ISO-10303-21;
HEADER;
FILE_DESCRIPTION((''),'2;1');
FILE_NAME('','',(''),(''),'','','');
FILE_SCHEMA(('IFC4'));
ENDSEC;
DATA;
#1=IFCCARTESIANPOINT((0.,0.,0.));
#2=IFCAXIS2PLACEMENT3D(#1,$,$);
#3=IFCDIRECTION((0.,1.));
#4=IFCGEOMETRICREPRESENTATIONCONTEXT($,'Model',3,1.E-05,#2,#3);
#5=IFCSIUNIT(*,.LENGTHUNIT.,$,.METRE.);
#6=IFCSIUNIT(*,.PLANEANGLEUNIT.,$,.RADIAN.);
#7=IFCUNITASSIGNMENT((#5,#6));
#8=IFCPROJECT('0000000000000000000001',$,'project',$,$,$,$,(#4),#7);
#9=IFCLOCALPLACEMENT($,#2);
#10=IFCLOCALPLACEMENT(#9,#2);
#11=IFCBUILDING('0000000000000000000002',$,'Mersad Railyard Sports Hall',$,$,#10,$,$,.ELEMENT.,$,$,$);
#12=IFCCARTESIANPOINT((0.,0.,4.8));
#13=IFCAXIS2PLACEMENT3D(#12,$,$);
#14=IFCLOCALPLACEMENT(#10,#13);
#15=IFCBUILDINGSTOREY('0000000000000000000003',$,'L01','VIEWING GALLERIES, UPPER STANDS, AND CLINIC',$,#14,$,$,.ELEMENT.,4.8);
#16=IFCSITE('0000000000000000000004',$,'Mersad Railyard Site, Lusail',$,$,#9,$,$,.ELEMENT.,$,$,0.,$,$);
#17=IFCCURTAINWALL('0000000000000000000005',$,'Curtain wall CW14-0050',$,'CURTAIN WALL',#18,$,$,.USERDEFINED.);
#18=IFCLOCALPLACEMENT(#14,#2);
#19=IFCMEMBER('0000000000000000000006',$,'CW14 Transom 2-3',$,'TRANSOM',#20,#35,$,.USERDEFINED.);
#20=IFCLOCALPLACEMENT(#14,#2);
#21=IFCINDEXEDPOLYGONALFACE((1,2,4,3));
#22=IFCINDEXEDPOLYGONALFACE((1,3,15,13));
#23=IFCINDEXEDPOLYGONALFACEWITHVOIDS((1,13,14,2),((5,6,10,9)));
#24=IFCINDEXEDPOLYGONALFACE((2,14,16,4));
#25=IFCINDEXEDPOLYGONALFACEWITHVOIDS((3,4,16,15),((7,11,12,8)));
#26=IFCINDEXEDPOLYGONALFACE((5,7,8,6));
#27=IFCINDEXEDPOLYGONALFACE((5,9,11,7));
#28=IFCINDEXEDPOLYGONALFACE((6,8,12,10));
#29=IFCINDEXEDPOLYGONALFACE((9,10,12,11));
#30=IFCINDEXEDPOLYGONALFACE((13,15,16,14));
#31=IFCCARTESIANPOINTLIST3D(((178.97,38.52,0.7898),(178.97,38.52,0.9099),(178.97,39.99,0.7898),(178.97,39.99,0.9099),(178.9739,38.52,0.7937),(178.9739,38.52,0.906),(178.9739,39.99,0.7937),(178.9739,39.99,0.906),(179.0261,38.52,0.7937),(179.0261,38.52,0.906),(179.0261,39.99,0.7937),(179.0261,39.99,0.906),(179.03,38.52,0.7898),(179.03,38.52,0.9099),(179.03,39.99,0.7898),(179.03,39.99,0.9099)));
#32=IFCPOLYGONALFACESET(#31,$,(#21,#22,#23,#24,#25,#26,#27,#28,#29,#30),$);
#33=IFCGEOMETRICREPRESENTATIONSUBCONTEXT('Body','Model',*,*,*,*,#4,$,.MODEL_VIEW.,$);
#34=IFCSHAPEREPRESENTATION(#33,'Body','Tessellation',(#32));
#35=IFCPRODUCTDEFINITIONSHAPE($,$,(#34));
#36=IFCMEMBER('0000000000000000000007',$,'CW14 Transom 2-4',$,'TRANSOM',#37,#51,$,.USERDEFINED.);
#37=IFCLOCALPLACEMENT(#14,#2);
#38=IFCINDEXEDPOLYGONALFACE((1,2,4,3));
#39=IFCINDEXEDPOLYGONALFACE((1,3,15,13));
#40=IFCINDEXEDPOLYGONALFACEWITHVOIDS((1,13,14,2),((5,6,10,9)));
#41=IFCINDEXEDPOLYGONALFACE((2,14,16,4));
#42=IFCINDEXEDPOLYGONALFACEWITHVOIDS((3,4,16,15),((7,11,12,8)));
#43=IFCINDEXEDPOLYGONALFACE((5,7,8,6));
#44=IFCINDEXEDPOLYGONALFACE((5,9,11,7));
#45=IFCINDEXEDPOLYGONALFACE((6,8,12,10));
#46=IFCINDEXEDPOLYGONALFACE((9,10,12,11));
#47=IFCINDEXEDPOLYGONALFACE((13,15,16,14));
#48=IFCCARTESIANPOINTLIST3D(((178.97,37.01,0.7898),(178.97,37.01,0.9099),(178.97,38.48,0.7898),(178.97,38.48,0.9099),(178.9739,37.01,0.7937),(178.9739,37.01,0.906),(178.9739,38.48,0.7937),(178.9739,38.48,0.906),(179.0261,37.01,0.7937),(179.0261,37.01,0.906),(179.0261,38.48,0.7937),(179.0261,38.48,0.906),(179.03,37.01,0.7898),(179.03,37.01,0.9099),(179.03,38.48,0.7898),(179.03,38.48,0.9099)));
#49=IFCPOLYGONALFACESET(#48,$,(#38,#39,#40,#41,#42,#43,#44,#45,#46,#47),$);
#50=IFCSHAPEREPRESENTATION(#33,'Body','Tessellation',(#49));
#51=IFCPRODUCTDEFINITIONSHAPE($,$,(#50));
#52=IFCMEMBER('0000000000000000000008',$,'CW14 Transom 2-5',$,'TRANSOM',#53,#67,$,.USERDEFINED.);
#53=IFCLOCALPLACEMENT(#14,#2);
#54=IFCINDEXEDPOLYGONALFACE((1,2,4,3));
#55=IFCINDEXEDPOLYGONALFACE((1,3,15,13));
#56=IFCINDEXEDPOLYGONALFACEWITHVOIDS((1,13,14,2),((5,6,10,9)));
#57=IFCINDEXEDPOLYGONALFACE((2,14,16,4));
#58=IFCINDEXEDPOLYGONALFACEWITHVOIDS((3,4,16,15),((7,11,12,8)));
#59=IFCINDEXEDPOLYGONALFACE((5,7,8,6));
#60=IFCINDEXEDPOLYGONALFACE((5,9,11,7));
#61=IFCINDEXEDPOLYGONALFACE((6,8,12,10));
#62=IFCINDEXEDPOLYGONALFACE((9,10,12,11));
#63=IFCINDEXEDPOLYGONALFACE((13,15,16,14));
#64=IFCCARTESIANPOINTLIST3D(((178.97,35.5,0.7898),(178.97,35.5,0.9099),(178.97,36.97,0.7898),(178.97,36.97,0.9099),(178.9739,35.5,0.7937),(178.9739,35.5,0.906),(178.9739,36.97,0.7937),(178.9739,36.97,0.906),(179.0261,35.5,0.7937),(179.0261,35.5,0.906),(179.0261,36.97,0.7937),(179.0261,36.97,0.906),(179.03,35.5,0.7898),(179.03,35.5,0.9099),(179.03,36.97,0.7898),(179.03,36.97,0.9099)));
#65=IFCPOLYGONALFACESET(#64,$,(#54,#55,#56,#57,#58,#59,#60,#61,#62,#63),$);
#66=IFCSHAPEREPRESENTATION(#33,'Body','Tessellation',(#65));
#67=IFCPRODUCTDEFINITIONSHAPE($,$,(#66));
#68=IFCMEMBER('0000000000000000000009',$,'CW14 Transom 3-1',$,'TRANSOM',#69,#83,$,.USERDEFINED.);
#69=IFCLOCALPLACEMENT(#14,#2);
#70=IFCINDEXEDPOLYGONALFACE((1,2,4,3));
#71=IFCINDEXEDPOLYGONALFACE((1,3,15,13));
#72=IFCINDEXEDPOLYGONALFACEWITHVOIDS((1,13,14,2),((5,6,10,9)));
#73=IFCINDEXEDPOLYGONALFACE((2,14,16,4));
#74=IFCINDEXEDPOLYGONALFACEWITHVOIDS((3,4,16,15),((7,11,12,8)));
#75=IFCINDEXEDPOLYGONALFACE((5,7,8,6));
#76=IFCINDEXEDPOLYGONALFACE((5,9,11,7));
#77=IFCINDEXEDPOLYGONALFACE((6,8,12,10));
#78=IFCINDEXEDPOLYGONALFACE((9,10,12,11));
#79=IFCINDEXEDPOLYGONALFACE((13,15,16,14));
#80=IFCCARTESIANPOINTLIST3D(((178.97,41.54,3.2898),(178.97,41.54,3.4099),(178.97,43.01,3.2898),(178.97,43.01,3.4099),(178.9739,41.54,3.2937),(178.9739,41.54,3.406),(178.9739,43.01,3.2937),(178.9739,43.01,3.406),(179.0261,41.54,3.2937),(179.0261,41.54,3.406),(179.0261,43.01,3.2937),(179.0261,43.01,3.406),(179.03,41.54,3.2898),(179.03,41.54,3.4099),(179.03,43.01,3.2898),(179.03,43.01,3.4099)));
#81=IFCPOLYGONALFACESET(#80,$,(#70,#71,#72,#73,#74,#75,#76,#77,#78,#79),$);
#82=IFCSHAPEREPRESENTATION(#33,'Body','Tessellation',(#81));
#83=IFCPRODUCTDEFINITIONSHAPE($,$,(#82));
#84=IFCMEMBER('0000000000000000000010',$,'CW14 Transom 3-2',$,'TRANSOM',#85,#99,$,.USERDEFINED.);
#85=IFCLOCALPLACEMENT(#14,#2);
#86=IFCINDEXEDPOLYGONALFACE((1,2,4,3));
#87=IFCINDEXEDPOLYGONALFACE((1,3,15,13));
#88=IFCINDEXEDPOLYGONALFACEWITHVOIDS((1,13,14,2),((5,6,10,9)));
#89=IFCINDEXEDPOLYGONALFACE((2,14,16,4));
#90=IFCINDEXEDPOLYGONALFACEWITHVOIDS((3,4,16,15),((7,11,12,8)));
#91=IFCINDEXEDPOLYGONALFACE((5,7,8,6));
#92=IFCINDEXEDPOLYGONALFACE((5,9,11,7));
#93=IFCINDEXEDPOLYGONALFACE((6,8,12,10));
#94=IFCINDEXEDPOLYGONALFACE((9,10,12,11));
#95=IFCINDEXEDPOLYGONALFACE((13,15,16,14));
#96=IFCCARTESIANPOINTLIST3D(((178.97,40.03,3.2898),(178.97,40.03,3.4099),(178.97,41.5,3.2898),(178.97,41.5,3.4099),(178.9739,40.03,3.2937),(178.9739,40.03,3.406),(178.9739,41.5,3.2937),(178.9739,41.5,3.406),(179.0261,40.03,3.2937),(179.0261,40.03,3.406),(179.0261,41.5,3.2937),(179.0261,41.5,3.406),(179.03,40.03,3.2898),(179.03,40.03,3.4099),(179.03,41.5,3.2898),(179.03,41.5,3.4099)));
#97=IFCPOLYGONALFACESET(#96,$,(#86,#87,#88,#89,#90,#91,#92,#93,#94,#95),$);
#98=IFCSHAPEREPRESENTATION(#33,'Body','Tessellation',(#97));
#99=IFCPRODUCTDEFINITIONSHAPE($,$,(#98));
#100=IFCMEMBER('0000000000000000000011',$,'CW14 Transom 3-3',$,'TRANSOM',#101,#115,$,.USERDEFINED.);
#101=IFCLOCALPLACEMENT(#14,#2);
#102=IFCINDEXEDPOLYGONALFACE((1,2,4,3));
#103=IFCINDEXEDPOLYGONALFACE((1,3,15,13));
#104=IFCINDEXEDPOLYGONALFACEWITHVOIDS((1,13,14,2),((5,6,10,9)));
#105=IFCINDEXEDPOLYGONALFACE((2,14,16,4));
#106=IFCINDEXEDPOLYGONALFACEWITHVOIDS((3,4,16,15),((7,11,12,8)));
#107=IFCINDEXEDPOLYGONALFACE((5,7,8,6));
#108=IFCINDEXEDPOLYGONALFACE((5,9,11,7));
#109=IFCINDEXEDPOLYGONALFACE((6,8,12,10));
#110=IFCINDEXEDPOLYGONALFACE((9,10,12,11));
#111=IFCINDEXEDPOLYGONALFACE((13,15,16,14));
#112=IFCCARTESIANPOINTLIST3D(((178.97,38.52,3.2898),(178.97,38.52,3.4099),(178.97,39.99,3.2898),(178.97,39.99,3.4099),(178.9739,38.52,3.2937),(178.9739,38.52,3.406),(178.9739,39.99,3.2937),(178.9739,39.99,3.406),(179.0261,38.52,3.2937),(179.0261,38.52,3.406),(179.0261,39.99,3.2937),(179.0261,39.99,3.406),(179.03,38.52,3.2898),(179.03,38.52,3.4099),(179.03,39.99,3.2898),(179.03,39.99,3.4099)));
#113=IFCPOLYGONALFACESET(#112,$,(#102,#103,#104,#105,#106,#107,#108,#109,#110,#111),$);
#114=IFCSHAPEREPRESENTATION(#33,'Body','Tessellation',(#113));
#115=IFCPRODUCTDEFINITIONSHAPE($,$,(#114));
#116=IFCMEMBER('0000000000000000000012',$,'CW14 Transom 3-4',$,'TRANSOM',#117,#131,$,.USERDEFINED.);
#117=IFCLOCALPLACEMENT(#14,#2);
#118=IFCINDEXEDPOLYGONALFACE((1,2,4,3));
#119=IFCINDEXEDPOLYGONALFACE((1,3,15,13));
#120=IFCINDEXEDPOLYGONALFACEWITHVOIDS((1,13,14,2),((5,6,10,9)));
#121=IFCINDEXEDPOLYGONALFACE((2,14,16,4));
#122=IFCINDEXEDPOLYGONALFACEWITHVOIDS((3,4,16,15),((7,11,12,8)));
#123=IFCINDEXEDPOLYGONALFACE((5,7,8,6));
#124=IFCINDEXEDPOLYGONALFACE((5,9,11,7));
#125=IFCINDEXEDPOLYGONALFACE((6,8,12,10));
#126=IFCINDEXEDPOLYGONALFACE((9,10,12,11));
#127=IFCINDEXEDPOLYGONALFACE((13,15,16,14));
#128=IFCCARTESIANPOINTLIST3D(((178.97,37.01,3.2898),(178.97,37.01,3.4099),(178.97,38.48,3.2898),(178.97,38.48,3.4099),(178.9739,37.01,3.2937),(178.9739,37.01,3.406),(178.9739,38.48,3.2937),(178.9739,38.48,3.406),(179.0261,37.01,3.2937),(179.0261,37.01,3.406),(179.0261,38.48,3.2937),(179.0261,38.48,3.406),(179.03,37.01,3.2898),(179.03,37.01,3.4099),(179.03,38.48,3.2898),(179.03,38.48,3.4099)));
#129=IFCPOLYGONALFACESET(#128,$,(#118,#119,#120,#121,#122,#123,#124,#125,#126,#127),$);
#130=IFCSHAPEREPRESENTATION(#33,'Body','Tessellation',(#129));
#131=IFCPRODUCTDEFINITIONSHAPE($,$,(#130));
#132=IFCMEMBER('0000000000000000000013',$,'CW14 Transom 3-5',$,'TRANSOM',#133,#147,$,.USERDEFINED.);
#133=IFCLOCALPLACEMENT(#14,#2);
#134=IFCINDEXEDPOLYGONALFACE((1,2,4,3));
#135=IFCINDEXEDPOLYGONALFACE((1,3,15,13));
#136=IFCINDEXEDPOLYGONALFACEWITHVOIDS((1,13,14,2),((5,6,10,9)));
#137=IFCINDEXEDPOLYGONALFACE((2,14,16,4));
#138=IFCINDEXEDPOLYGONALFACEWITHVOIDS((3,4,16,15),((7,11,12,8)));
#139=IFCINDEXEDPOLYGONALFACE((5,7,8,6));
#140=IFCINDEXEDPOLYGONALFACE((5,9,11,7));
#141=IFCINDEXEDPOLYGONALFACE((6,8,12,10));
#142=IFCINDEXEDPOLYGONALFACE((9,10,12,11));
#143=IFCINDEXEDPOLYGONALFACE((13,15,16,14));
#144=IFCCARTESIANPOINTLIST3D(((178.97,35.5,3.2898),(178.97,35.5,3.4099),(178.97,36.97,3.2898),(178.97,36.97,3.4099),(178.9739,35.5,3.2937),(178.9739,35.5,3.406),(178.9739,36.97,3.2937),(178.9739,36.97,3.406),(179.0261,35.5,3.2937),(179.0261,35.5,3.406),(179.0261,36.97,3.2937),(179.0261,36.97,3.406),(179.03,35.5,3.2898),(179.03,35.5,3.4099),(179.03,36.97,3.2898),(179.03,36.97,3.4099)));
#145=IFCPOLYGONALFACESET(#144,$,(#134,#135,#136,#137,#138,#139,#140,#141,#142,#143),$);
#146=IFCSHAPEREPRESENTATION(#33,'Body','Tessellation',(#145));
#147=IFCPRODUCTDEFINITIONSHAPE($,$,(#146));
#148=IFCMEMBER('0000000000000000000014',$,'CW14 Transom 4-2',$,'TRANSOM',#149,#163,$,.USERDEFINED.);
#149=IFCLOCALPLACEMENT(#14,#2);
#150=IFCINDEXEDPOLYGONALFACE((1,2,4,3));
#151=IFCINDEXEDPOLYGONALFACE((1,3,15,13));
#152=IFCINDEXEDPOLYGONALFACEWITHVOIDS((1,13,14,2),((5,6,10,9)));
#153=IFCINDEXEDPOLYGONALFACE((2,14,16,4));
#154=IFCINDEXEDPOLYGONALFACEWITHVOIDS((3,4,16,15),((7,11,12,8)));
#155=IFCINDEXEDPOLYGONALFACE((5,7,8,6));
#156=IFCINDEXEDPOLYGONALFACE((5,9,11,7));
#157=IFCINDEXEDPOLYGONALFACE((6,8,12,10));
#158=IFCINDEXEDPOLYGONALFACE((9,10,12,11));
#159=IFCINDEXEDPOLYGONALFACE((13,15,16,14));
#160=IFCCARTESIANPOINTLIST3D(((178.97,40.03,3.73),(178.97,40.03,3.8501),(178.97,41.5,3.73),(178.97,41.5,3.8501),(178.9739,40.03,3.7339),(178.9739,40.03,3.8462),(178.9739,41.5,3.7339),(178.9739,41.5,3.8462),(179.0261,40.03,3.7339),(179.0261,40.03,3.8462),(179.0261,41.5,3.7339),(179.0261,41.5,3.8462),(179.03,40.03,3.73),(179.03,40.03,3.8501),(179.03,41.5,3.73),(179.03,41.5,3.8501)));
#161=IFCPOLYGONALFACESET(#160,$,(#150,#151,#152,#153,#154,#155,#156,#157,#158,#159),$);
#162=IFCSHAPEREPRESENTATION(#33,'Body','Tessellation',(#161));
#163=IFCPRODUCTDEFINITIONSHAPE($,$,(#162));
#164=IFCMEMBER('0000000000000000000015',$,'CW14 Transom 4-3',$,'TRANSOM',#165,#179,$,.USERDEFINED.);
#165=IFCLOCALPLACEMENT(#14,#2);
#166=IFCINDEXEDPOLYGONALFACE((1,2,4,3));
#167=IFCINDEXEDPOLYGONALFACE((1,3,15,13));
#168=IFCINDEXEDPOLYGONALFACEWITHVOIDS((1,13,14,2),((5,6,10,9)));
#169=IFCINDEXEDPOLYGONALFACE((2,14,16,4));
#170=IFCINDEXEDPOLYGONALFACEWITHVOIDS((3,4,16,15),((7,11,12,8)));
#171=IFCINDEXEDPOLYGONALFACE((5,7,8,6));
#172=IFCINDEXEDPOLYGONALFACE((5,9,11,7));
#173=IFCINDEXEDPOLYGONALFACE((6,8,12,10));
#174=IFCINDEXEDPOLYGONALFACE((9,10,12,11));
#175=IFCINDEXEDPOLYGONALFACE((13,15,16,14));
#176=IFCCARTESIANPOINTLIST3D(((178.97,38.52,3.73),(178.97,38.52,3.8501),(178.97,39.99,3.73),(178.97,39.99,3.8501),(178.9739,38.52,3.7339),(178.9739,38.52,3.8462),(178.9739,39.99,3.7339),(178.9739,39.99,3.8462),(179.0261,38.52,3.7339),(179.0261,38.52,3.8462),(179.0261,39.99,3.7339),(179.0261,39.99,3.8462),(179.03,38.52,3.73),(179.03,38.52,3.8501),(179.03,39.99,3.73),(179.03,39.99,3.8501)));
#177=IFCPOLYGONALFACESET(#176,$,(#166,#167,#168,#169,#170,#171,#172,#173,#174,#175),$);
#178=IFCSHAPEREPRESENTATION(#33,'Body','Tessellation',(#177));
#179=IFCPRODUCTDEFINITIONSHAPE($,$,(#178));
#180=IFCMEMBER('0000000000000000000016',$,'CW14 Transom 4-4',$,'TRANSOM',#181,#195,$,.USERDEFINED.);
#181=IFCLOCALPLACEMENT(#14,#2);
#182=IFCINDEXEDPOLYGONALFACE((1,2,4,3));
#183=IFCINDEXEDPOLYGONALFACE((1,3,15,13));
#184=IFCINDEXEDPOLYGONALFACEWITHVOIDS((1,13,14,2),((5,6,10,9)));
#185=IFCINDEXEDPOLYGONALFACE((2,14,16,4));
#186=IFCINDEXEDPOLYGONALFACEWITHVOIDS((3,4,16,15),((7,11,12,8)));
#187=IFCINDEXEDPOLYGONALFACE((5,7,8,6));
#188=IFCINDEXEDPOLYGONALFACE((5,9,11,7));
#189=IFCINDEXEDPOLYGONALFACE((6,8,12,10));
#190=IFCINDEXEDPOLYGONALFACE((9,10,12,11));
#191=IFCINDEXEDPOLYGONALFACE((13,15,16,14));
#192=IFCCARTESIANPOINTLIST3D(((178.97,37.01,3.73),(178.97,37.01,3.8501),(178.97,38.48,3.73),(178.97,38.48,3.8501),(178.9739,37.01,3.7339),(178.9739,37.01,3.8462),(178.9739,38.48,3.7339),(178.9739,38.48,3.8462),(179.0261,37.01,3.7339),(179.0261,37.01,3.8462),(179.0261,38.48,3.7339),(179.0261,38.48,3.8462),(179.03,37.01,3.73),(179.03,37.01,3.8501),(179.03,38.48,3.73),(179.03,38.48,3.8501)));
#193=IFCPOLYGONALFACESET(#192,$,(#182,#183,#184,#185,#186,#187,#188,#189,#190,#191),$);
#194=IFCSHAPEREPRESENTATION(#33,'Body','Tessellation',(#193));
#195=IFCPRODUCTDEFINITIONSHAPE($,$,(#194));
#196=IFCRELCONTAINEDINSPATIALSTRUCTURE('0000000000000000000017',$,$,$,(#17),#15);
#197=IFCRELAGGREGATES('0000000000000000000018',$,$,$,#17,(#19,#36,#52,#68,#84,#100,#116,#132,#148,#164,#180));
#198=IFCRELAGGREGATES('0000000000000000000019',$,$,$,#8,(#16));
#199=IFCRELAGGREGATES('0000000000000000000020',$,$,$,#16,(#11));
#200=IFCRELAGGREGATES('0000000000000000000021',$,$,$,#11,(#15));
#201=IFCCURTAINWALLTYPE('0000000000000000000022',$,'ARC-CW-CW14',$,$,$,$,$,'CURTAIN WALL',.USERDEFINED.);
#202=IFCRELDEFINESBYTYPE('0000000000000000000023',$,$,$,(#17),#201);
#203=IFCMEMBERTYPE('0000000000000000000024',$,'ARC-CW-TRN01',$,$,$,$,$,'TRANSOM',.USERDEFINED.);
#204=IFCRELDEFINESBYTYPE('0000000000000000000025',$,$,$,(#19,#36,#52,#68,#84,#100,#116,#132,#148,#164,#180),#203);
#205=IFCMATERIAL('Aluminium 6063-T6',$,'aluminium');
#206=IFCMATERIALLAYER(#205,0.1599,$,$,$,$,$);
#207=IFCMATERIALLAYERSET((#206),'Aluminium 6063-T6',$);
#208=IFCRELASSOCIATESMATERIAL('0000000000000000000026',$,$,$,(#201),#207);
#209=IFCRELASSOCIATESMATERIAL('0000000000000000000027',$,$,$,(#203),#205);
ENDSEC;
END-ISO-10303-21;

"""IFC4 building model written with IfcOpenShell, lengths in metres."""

from ifc_helpers import new_model, si_unit, direction, frame, origin, origin_2d, place, context, subcontext, project, spatial, hollow_rectangle, extrude, material, layer, layer_set, material_profile, profile_set, type_object, element, aggregate, save


model = new_model("IFC4")

# Units and contexts
model_context = context("Model", 3, precision=1e-05, world=origin(), true_north=direction((0.0, 1.0)))
body_context = subcontext(model_context, "Body", "Model", "MODEL_VIEW")
ifc_project = project(units=[si_unit("LENGTHUNIT", "METRE"), si_unit("PLANEANGLEUNIT", "RADIAN")], contexts=[model_context])

# Site, building, storey
site_placement = place(None, origin())
site = spatial("IfcSite", under=ifc_project, at=site_placement, Name="Mersad Railyard Site, Lusail", CompositionType="ELEMENT", RefElevation=0.0)
building_placement = place(site_placement, origin())
building = spatial("IfcBuilding", under=site, at=building_placement, Name="Mersad Railyard Sports Hall", CompositionType="ELEMENT")
storey_placement = place(building_placement, frame((0.0, 0.0, 4.8)))
storey = spatial("IfcBuildingStorey", under=building, at=storey_placement, Name="L01", Description="VIEWING GALLERIES, UPPER STANDS, AND CLINIC", CompositionType="ELEMENT", Elevation=4.8)

# Curtain wall, members
ifc_material_1 = material(Name="Aluminium 6063-T6", Category="aluminium")
ifc_layer_1 = layer(ifc_material_1, 0.1599)
ifc_layer_set_1 = layer_set([ifc_layer_1], Name="Aluminium 6063-T6")
curtain_wall_type = type_object("IfcCurtainWallType", Name="ARC-CW-CW14", ElementType="CURTAIN WALL", PredefinedType="USERDEFINED", material=ifc_layer_set_1)
curtain_wall_placement = place(storey_placement, origin())
curtain_wall = element("IfcCurtainWall", 1, at=curtain_wall_placement, inside=storey, type_object=curtain_wall_type, Name="Curtain wall CW14-0050", ObjectType="CURTAIN WALL", PredefinedType="USERDEFINED")
ifc_material_profile_1 = material_profile(ifc_material_1, hollow_rectangle(XDim=0.0601, YDim=0.1201, WallThickness=0.0039, at=origin_2d()), Name="AL TRANSOM 60x120x4")
ifc_profile_set_1 = profile_set([ifc_material_profile_1], Name="Aluminium 6063-T6")
member_type_1 = type_object("IfcMemberType", Name="ARC-CW-TRN01", ElementType="TRANSOM", PredefinedType="USERDEFINED", material=ifc_profile_set_1)
member_1_placement = place(storey_placement, frame((179.0, 39.99, 0.8499), z_axis=(0.0, -1.0, 0.0), x_axis=(1.0, 0.0, 0.0)))
member_1 = element("IfcMember", 2, at=member_1_placement, type_object=member_type_1, Name="CW14 Transom 2-3", ObjectType="TRANSOM", PredefinedType="USERDEFINED", context=body_context, shape_type="SweptSolid", body=[
    extrude(hollow_rectangle(XDim=0.0601, YDim=0.1201, WallThickness=0.0039, at=origin_2d()), origin(), (0.0, 0.0, 1.0), 1.47),
])
member_2_placement = place(storey_placement, frame((179.0, 38.48, 0.8499), z_axis=(0.0, -1.0, 0.0), x_axis=(1.0, 0.0, 0.0)))
member_2 = element("IfcMember", 3, at=member_2_placement, type_object=member_type_1, Name="CW14 Transom 2-4", ObjectType="TRANSOM", PredefinedType="USERDEFINED", context=body_context, shape_type="SweptSolid", body=[
    extrude(hollow_rectangle(XDim=0.0601, YDim=0.1201, WallThickness=0.0039, at=origin_2d()), origin(), (0.0, 0.0, 1.0), 1.47),
])
member_3_placement = place(storey_placement, frame((179.0, 36.97, 0.8499), z_axis=(0.0, -1.0, 0.0), x_axis=(1.0, 0.0, 0.0)))
member_3 = element("IfcMember", 4, at=member_3_placement, type_object=member_type_1, Name="CW14 Transom 2-5", ObjectType="TRANSOM", PredefinedType="USERDEFINED", context=body_context, shape_type="SweptSolid", body=[
    extrude(hollow_rectangle(XDim=0.0601, YDim=0.1201, WallThickness=0.0039, at=origin_2d()), origin(), (0.0, 0.0, 1.0), 1.47),
])
member_4_placement = place(storey_placement, frame((179.0, 43.01, 3.3499), z_axis=(0.0, -1.0, 0.0), x_axis=(1.0, 0.0, 0.0)))
member_4 = element("IfcMember", 5, at=member_4_placement, type_object=member_type_1, Name="CW14 Transom 3-1", ObjectType="TRANSOM", PredefinedType="USERDEFINED", context=body_context, shape_type="SweptSolid", body=[
    extrude(hollow_rectangle(XDim=0.0601, YDim=0.1201, WallThickness=0.0039, at=origin_2d()), origin(), (0.0, 0.0, 1.0), 1.47),
])
member_5_placement = place(storey_placement, frame((179.0, 41.5, 3.3499), z_axis=(0.0, -1.0, 0.0), x_axis=(1.0, 0.0, 0.0)))
member_5 = element("IfcMember", 6, at=member_5_placement, type_object=member_type_1, Name="CW14 Transom 3-2", ObjectType="TRANSOM", PredefinedType="USERDEFINED", context=body_context, shape_type="SweptSolid", body=[
    extrude(hollow_rectangle(XDim=0.0601, YDim=0.1201, WallThickness=0.0039, at=origin_2d()), origin(), (0.0, 0.0, 1.0), 1.47),
])
member_6_placement = place(storey_placement, frame((179.0, 39.99, 3.3499), z_axis=(0.0, -1.0, 0.0), x_axis=(1.0, 0.0, 0.0)))
member_6 = element("IfcMember", 7, at=member_6_placement, type_object=member_type_1, Name="CW14 Transom 3-3", ObjectType="TRANSOM", PredefinedType="USERDEFINED", context=body_context, shape_type="SweptSolid", body=[
    extrude(hollow_rectangle(XDim=0.0601, YDim=0.1201, WallThickness=0.0039, at=origin_2d()), origin(), (0.0, 0.0, 1.0), 1.47),
])
member_7_placement = place(storey_placement, frame((179.0, 38.48, 3.3499), z_axis=(0.0, -1.0, 0.0), x_axis=(1.0, 0.0, 0.0)))
member_7 = element("IfcMember", 8, at=member_7_placement, type_object=member_type_1, Name="CW14 Transom 3-4", ObjectType="TRANSOM", PredefinedType="USERDEFINED", context=body_context, shape_type="SweptSolid", body=[
    extrude(hollow_rectangle(XDim=0.0601, YDim=0.1201, WallThickness=0.0039, at=origin_2d()), origin(), (0.0, 0.0, 1.0), 1.47),
])
member_8_placement = place(storey_placement, frame((179.0, 36.97, 3.3499), z_axis=(0.0, -1.0, 0.0), x_axis=(1.0, 0.0, 0.0)))
member_8 = element("IfcMember", 9, at=member_8_placement, type_object=member_type_1, Name="CW14 Transom 3-5", ObjectType="TRANSOM", PredefinedType="USERDEFINED", context=body_context, shape_type="SweptSolid", body=[
    extrude(hollow_rectangle(XDim=0.0601, YDim=0.1201, WallThickness=0.0039, at=origin_2d()), origin(), (0.0, 0.0, 1.0), 1.47),
])
member_9_placement = place(storey_placement, frame((179.0, 41.5, 3.79), z_axis=(0.0, -1.0, 0.0), x_axis=(1.0, 0.0, 0.0)))
member_9 = element("IfcMember", 10, at=member_9_placement, type_object=member_type_1, Name="CW14 Transom 4-2", ObjectType="TRANSOM", PredefinedType="USERDEFINED", context=body_context, shape_type="SweptSolid", body=[
    extrude(hollow_rectangle(XDim=0.0601, YDim=0.1201, WallThickness=0.0039, at=origin_2d()), origin(), (0.0, 0.0, 1.0), 1.47),
])
member_10_placement = place(storey_placement, frame((179.0, 39.99, 3.79), z_axis=(0.0, -1.0, 0.0), x_axis=(1.0, 0.0, 0.0)))
member_10 = element("IfcMember", 11, at=member_10_placement, type_object=member_type_1, Name="CW14 Transom 4-3", ObjectType="TRANSOM", PredefinedType="USERDEFINED", context=body_context, shape_type="SweptSolid", body=[
    extrude(hollow_rectangle(XDim=0.0601, YDim=0.1201, WallThickness=0.0039, at=origin_2d()), origin(), (0.0, 0.0, 1.0), 1.47),
])
member_11_placement = place(storey_placement, frame((179.0, 38.48, 3.79), z_axis=(0.0, -1.0, 0.0), x_axis=(1.0, 0.0, 0.0)))
member_11 = element("IfcMember", 12, at=member_11_placement, type_object=member_type_1, Name="CW14 Transom 4-4", ObjectType="TRANSOM", PredefinedType="USERDEFINED", context=body_context, shape_type="SweptSolid", body=[
    extrude(hollow_rectangle(XDim=0.0601, YDim=0.1201, WallThickness=0.0039, at=origin_2d()), origin(), (0.0, 0.0, 1.0), 1.47),
])
aggregate(curtain_wall, [member_1, member_2, member_3, member_4, member_5, member_6, member_7, member_8, member_9, member_10, member_11])

save(model, "model.ifc")
